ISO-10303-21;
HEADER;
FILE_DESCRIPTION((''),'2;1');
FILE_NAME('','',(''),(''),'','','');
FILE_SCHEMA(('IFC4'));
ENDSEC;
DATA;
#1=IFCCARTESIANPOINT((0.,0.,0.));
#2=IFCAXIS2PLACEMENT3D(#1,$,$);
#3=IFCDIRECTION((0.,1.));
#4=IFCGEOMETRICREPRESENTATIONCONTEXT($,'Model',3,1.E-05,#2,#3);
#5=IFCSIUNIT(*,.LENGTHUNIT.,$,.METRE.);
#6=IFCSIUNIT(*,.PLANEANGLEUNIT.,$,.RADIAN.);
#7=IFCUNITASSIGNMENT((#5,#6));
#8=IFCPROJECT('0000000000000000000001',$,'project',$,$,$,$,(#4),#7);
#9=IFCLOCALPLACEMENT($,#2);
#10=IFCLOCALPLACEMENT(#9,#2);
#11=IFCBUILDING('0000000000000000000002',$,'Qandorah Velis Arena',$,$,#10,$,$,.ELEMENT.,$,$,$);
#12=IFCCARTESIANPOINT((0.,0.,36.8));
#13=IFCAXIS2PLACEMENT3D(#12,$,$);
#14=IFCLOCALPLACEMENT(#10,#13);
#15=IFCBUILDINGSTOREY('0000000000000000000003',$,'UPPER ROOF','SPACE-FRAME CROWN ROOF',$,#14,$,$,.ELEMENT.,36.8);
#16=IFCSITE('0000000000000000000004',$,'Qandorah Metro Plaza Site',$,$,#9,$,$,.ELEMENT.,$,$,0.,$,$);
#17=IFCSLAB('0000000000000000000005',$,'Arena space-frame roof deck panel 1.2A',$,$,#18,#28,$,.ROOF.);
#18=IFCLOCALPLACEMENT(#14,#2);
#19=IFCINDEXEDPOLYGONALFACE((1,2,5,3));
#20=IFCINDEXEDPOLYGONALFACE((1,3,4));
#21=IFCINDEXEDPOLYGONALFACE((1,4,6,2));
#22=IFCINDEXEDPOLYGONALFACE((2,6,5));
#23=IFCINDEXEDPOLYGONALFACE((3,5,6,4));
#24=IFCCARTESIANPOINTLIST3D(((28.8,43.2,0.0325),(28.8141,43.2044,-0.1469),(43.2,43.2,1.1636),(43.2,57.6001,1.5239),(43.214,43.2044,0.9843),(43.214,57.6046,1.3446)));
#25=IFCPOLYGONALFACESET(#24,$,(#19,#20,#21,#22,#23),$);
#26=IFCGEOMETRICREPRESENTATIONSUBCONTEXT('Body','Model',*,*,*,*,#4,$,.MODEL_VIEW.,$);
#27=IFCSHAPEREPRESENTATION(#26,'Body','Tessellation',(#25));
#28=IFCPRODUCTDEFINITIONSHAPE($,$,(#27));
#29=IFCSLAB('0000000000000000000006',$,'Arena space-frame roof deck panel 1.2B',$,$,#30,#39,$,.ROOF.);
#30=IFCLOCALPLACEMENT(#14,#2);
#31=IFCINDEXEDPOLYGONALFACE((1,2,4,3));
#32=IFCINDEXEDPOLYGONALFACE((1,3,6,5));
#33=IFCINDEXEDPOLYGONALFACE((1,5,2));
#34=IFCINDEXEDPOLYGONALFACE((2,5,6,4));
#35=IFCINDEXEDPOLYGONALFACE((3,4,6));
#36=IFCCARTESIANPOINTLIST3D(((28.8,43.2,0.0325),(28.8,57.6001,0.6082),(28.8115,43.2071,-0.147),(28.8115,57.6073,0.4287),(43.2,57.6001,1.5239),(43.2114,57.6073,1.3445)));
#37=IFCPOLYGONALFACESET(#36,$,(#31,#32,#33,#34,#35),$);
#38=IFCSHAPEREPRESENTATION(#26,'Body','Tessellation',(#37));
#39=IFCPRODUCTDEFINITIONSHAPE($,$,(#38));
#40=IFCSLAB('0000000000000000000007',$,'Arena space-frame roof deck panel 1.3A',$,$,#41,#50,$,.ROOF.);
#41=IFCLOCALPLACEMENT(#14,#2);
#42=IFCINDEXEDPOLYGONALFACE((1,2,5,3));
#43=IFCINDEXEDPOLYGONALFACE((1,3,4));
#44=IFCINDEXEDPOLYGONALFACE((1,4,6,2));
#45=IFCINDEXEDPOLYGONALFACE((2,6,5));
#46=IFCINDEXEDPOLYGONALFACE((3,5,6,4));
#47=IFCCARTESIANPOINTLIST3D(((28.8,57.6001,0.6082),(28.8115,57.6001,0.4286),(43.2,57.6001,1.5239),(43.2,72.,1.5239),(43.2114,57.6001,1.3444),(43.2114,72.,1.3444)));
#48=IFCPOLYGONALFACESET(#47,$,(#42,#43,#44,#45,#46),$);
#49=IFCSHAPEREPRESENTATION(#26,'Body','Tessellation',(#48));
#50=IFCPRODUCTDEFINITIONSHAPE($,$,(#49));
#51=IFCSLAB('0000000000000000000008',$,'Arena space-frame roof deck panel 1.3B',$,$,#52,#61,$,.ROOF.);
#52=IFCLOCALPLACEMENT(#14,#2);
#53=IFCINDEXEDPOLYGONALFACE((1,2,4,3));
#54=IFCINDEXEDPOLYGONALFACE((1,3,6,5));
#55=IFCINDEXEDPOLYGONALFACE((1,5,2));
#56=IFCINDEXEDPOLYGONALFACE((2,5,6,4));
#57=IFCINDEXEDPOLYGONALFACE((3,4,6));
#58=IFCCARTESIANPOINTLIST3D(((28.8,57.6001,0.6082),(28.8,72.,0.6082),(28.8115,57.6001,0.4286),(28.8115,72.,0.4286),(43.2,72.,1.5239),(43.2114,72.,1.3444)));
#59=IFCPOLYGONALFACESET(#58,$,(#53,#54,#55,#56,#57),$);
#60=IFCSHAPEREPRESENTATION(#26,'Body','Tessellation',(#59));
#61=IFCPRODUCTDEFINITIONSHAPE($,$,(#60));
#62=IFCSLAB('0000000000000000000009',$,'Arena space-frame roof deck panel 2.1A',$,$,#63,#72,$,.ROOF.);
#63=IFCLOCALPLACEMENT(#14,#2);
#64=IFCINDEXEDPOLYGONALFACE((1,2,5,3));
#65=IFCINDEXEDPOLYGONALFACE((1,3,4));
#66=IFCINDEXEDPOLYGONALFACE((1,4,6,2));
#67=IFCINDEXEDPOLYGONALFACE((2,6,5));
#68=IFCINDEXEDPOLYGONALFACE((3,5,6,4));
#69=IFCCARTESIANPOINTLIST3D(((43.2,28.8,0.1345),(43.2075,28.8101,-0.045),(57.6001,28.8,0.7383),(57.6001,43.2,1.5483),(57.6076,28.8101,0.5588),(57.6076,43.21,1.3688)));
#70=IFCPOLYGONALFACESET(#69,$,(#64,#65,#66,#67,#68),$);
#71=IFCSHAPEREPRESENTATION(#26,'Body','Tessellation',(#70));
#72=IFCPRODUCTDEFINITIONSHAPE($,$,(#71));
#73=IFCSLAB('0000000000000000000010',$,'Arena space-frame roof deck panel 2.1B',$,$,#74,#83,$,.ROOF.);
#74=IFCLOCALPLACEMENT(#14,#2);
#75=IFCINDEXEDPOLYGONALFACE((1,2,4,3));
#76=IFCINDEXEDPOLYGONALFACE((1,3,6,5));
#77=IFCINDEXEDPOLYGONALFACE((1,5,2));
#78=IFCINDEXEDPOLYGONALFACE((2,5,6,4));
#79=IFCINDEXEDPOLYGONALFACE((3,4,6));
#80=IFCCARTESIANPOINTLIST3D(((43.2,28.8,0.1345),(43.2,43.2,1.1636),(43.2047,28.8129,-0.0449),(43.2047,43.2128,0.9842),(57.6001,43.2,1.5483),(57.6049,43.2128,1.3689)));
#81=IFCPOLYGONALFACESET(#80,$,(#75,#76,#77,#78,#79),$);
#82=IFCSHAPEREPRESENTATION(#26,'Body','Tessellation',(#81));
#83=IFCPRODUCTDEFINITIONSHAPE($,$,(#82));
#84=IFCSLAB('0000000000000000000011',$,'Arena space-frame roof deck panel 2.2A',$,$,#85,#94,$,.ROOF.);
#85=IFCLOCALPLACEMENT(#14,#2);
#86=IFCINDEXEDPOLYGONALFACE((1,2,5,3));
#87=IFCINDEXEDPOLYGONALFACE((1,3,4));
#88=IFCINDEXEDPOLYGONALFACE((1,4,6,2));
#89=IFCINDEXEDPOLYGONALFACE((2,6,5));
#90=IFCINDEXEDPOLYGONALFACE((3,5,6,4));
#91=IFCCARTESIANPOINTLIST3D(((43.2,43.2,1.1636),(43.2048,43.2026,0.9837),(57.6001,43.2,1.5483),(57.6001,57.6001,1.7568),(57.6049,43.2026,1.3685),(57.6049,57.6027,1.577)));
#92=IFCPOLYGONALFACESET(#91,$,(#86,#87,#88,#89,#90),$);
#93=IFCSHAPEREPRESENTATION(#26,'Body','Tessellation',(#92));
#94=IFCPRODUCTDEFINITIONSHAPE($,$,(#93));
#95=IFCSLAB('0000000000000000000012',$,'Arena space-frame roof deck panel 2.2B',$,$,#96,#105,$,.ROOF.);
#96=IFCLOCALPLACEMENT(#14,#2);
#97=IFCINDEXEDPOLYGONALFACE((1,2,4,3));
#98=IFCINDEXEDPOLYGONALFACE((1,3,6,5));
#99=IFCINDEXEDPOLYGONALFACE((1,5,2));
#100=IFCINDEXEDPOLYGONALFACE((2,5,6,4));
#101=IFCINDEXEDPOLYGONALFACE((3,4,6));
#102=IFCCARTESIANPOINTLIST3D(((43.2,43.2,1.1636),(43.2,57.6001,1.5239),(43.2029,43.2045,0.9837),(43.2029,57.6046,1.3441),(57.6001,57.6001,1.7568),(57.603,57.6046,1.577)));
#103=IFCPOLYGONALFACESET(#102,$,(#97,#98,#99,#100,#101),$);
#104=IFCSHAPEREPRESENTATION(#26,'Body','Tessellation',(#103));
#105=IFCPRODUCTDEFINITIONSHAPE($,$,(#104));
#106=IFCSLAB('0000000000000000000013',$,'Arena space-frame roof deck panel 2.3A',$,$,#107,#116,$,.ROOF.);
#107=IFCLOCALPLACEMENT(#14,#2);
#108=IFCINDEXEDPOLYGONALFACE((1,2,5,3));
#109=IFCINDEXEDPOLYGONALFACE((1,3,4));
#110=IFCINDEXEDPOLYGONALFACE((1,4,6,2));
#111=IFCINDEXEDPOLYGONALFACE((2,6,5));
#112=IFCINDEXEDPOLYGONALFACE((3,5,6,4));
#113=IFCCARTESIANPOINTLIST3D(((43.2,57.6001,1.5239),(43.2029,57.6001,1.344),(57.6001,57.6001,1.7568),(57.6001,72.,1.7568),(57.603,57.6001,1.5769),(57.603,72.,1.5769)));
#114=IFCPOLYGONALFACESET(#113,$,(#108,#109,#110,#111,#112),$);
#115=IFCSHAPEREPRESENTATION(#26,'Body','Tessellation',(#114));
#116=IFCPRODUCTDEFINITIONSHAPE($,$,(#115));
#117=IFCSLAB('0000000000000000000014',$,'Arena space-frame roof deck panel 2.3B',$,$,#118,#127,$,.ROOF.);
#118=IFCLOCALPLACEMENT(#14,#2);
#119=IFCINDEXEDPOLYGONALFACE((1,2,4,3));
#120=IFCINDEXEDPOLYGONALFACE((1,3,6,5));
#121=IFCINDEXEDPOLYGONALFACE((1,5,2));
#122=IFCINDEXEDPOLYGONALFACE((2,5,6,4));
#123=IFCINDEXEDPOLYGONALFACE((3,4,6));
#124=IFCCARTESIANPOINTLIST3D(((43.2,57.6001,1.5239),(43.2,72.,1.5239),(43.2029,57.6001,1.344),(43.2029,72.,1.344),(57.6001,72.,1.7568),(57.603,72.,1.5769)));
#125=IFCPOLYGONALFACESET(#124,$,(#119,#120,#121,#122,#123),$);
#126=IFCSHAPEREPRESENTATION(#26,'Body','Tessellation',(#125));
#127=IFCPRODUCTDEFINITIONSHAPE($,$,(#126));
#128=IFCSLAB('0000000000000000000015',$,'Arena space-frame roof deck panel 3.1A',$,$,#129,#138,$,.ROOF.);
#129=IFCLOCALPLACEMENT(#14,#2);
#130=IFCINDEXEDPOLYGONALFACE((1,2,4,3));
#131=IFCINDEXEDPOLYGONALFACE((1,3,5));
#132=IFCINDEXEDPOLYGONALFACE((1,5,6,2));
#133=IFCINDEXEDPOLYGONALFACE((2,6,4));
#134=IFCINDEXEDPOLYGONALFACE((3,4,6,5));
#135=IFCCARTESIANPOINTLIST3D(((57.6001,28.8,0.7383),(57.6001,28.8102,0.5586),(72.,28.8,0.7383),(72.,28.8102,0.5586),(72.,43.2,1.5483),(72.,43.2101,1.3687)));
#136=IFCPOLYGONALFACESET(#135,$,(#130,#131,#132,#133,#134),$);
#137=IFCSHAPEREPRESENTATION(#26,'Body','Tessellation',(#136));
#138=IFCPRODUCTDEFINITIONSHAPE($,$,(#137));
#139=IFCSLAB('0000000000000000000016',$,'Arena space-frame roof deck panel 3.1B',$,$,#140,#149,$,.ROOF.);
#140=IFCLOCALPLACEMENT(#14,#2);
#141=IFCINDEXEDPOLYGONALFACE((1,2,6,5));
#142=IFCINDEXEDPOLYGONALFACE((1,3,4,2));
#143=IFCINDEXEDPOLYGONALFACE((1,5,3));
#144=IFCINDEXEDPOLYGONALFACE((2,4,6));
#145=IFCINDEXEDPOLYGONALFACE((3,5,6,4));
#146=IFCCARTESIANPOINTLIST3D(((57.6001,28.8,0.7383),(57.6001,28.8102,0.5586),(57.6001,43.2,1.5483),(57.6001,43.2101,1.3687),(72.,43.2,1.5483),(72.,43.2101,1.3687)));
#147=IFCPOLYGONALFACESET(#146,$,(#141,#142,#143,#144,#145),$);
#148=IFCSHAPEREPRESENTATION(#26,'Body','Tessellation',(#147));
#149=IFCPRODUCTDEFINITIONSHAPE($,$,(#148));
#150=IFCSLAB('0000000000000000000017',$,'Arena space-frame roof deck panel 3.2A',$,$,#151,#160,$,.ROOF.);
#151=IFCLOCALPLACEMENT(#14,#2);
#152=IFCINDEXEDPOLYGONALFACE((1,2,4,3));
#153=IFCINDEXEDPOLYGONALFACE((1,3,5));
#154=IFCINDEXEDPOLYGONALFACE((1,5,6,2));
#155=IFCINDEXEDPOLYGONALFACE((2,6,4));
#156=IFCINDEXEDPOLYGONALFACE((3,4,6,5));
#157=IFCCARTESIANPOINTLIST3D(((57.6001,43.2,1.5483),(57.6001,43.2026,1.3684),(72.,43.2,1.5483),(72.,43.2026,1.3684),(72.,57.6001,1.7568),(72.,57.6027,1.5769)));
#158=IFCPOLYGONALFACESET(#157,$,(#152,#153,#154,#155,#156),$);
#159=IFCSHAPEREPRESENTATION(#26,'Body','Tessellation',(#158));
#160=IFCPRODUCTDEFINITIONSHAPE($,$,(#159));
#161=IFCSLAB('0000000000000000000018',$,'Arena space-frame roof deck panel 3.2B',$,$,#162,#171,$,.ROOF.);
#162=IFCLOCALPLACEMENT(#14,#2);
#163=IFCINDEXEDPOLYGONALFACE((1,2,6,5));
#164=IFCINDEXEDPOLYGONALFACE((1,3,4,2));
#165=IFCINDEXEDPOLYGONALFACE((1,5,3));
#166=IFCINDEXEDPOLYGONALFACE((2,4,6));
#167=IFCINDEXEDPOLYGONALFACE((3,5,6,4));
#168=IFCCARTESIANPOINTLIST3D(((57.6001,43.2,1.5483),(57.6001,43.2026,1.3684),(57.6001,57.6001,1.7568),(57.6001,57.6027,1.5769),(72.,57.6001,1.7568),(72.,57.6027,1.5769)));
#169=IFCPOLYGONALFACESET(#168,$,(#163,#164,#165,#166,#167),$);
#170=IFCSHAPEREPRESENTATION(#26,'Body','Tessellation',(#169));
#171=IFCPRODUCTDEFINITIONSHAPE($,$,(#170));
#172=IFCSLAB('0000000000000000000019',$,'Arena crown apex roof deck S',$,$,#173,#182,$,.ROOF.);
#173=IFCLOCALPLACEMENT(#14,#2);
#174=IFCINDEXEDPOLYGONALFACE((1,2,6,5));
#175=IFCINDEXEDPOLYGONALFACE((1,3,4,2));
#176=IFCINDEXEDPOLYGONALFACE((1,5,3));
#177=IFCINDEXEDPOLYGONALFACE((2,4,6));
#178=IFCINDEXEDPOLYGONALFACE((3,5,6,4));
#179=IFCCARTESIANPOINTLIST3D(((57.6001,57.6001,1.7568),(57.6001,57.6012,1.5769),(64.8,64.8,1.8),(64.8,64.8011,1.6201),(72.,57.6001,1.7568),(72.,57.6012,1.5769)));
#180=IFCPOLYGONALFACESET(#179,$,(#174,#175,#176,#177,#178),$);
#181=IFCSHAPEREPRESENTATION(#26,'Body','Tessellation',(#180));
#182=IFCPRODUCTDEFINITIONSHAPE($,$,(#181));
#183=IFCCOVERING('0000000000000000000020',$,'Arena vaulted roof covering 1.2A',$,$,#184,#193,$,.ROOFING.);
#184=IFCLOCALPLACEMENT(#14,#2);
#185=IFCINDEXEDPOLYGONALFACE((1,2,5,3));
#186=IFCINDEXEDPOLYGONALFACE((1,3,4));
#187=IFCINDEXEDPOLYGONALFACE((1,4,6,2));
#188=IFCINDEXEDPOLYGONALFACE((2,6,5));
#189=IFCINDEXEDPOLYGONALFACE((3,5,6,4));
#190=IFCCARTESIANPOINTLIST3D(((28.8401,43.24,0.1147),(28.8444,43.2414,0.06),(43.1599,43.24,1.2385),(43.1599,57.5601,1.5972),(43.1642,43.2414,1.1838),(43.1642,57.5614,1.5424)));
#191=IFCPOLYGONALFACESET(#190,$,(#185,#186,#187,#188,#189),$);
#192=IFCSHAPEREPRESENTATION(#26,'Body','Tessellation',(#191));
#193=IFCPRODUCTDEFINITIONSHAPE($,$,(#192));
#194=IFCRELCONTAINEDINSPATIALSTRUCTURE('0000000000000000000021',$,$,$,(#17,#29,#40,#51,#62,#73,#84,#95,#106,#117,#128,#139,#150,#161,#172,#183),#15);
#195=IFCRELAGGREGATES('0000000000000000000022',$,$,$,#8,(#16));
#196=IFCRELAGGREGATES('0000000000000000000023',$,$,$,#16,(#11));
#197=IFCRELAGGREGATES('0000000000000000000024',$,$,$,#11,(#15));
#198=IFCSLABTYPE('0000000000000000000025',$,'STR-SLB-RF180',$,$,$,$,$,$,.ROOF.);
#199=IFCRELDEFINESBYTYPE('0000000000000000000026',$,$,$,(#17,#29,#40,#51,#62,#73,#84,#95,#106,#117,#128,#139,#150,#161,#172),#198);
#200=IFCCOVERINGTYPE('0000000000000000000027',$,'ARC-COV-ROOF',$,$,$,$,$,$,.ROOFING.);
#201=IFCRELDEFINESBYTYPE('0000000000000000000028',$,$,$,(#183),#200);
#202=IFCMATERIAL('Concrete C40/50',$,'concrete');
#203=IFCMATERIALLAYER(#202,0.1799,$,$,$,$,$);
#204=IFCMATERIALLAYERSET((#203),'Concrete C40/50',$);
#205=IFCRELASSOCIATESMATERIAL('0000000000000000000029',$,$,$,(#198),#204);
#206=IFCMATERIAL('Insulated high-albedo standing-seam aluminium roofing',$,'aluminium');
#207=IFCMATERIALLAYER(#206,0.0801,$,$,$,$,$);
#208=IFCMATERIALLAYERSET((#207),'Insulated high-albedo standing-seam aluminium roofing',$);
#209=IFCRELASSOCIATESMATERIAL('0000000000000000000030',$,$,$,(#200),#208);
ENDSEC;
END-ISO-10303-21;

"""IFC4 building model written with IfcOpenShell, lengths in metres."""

from ifc_helpers import new_model, si_unit, direction, frame, origin, place, context, subcontext, project, spatial, polyline, outline, extrude, material, layer, layer_set, type_object, element, save


model = new_model("IFC4")

# Units and contexts
model_context = context("Model", 3, precision=1e-05, world=origin(), true_north=direction((0.0, 1.0)))
body_context = subcontext(model_context, "Body", "Model", "MODEL_VIEW")
ifc_project = project(units=[si_unit("LENGTHUNIT", "METRE"), si_unit("PLANEANGLEUNIT", "RADIAN")], contexts=[model_context])

# Site, building, storey
site_placement = place(None, origin())
site = spatial("IfcSite", under=ifc_project, at=site_placement, Name="Qandorah Metro Plaza Site", CompositionType="ELEMENT", RefElevation=0.0)
building_placement = place(site_placement, origin())
building = spatial("IfcBuilding", under=site, at=building_placement, Name="Qandorah Velis Arena", CompositionType="ELEMENT")
storey_placement = place(building_placement, frame((0.0, 0.0, 36.8)))
storey = spatial("IfcBuildingStorey", under=building, at=storey_placement, Name="UPPER ROOF", Description="SPACE-FRAME CROWN ROOF", CompositionType="ELEMENT", Elevation=36.8)

# Slabs
ifc_material_1 = material(Name="Concrete C40/50", Category="concrete")
ifc_layer_1 = layer(ifc_material_1, 0.1799)
ifc_layer_set_1 = layer_set([ifc_layer_1], Name="Concrete C40/50")
slab_type = type_object("IfcSlabType", Name="STR-SLB-RF180", PredefinedType="ROOF", material=ifc_layer_set_1)
slab_1_placement = place(storey_placement, frame((28.8, 43.2, 0.0325), z_axis=(-0.078284, -0.02494, 0.996619), x_axis=(0.996929, 0.0, 0.078308)))
element("IfcSlab", 1, at=slab_1_placement, inside=storey, type_object=slab_type, Name="Arena space-frame roof deck panel 1.2A", PredefinedType="ROOF", context=body_context, shape_type="SweptSolid", body=[
    extrude(outline(polyline([(0.0, 0.0), (14.4443, 0.0), (14.4725, 14.4046), (0.0, 0.0)])), origin(), (0.0, 0.0, -1.0), 0.1799),
])
slab_2_placement = place(storey_placement, frame((28.8, 43.2, 0.0325), z_axis=(-0.063417, -0.039865, 0.997191), x_axis=(0.705212, 0.705224, 0.073042)))
element("IfcSlab", 2, at=slab_2_placement, inside=storey, type_object=slab_type, Name="Arena space-frame roof deck panel 1.2B", PredefinedType="ROOF", context=body_context, shape_type="SweptSolid", body=[
    extrude(outline(polyline([(0.0, 0.0), (20.4193, 0.0), (10.1974, 10.1838), (0.0, 0.0)])), origin(), (0.0, 0.0, -1.0), 0.1799),
])
slab_3_placement = place(storey_placement, frame((28.8, 57.6001, 0.6082), z_axis=(-0.063467, 0.0, 0.997984), x_axis=(0.997984, 0.0, 0.063467)))
element("IfcSlab", 3, at=slab_3_placement, inside=storey, type_object=slab_type, Name="Arena space-frame roof deck panel 1.3A", PredefinedType="ROOF", context=body_context, shape_type="SweptSolid", body=[
    extrude(outline(polyline([(0.0, 0.0), (14.429, 0.0), (14.429, 14.3999), (0.0, 0.0)])), origin(), (0.0, 0.0, -1.0), 0.1799),
])
slab_4_placement = place(storey_placement, frame((28.8, 57.6001, 0.6082), z_axis=(-0.063467, 0.0, 0.997984), x_axis=(0.706393, 0.706393, 0.044924)))
element("IfcSlab", 4, at=slab_4_placement, inside=storey, type_object=slab_type, Name="Arena space-frame roof deck panel 1.3B", PredefinedType="ROOF", context=body_context, shape_type="SweptSolid", body=[
    extrude(outline(polyline([(0.0, 0.0), (20.3851, 0.0), (10.172, 10.1925), (0.0, 0.0)])), origin(), (0.0, 0.0, -1.0), 0.1799),
])
slab_5_placement = place(storey_placement, frame((43.2, 28.8, 0.1345), z_axis=(-0.041825, -0.056117, 0.997548), x_axis=(0.999122, 0.0, 0.041891)))
element("IfcSlab", 5, at=slab_5_placement, inside=storey, type_object=slab_type, Name="Arena space-frame roof deck panel 2.1A", PredefinedType="ROOF", context=body_context, shape_type="SweptSolid", body=[
    extrude(outline(polyline([(0.0, 0.0), (14.4128, 0.0), (14.4467, 14.4226), (0.0, 0.0)])), origin(), (0.0, 0.0, -1.0), 0.1799),
])
slab_6_placement = place(storey_placement, frame((43.2, 28.8, 0.1345), z_axis=(-0.026642, -0.071255, 0.997102), x_axis=(0.705415, 0.705403, 0.069258)))
element("IfcSlab", 6, at=slab_6_placement, inside=storey, type_object=slab_type, Name="Arena space-frame roof deck panel 2.1B", PredefinedType="ROOF", context=body_context, shape_type="SweptSolid", body=[
    extrude(outline(polyline([(0.0, 0.0), (20.4137, 0.0), (10.229, 10.1874), (0.0, 0.0)])), origin(), (0.0, 0.0, -1.0), 0.1799),
])
slab_7_placement = place(storey_placement, frame((43.2, 43.2, 1.1636), z_axis=(-0.026707, -0.014472, 0.999539), x_axis=(0.999643, 0.0, 0.02671)))
element("IfcSlab", 7, at=slab_7_placement, inside=storey, type_object=slab_type, Name="Arena space-frame roof deck panel 2.2A", PredefinedType="ROOF", context=body_context, shape_type="SweptSolid", body=[
    extrude(outline(polyline([(0.0, 0.0), (14.4053, 0.0), (14.4109, 14.4017), (0.0, 0.0)])), origin(), (0.0, 0.0, -1.0), 0.1799),
])
slab_8_placement = place(storey_placement, frame((43.2, 43.2, 1.1636), z_axis=(-0.016167, -0.025013, 0.999556), x_axis=(0.706807, 0.706807, 0.029119)))
element("IfcSlab", 8, at=slab_8_placement, inside=storey, type_object=slab_type, Name="Arena space-frame roof deck panel 2.2B", PredefinedType="ROOF", context=body_context, shape_type="SweptSolid", body=[
    extrude(outline(polyline([(0.0, 0.0), (20.3735, 0.0), (10.1886, 10.1826), (0.0, 0.0)])), origin(), (0.0, 0.0, -1.0), 0.1799),
])
slab_9_placement = place(storey_placement, frame((43.2, 57.6001, 1.5239), z_axis=(-0.016172, 0.0, 0.999869), x_axis=(0.999869, 0.0, 0.016172)))
element("IfcSlab", 9, at=slab_9_placement, inside=storey, type_object=slab_type, Name="Arena space-frame roof deck panel 2.3A", PredefinedType="ROOF", context=body_context, shape_type="SweptSolid", body=[
    extrude(outline(polyline([(0.0, 0.0), (14.402, 0.0), (14.402, 14.3999), (0.0, 0.0)])), origin(), (0.0, 0.0, -1.0), 0.1799),
])
slab_10_placement = place(storey_placement, frame((43.2, 57.6001, 1.5239), z_axis=(-0.016172, 0.0, 0.999869), x_axis=(0.707067, 0.707055, 0.011436)))
element("IfcSlab", 10, at=slab_10_placement, inside=storey, type_object=slab_type, Name="Arena space-frame roof deck panel 2.3B", PredefinedType="ROOF", context=body_context, shape_type="SweptSolid", body=[
    extrude(outline(polyline([(0.0, 0.0), (20.366, 0.0), (10.1815, 10.183), (0.0, 0.0)])), origin(), (0.0, 0.0, -1.0), 0.1799),
])
slab_11_placement = place(storey_placement, frame((57.6001, 28.8, 0.7383), z_axis=(0.0, -0.056166, 0.998421), x_axis=(1.0, 0.0, 0.0)))
element("IfcSlab", 11, at=slab_11_placement, inside=storey, type_object=slab_type, Name="Arena space-frame roof deck panel 3.1A", PredefinedType="ROOF", context=body_context, shape_type="SweptSolid", body=[
    extrude(outline(polyline([(0.0, 0.0), (14.3999, 0.0), (14.3999, 14.4227), (0.0, 0.0)])), origin(), (0.0, 0.0, -1.0), 0.1799),
])
slab_12_placement = place(storey_placement, frame((57.6001, 28.8, 0.7383), z_axis=(0.0, -0.056166, 0.998421), x_axis=(0.706548, 0.706548, 0.039746)))
element("IfcSlab", 12, at=slab_12_placement, inside=storey, type_object=slab_type, Name="Arena space-frame roof deck panel 3.1B", PredefinedType="ROOF", context=body_context, shape_type="SweptSolid", body=[
    extrude(outline(polyline([(0.0, 0.0), (20.3806, 0.0), (10.2064, 10.1903), (0.0, 0.0)])), origin(), (0.0, 0.0, -1.0), 0.1799),
])
slab_13_placement = place(storey_placement, frame((57.6001, 43.2, 1.5483), z_axis=(0.0, -0.014477, 0.999895), x_axis=(1.0, 0.0, 0.0)))
element("IfcSlab", 13, at=slab_13_placement, inside=storey, type_object=slab_type, Name="Arena space-frame roof deck panel 3.2A", PredefinedType="ROOF", context=body_context, shape_type="SweptSolid", body=[
    extrude(outline(polyline([(0.0, 0.0), (14.3999, 0.0), (14.3999, 14.4017), (0.0, 0.0)])), origin(), (0.0, 0.0, -1.0), 0.1799),
])
slab_14_placement = place(storey_placement, frame((57.6001, 43.2, 1.5483), z_axis=(0.0, -0.014477, 0.999895), x_axis=(0.707064, 0.707076, 0.010238)))
element("IfcSlab", 14, at=slab_14_placement, inside=storey, type_object=slab_type, Name="Arena space-frame roof deck panel 3.2B", PredefinedType="ROOF", context=body_context, shape_type="SweptSolid", body=[
    extrude(outline(polyline([(0.0, 0.0), (20.3658, 0.0), (10.1841, 10.1829), (0.0, 0.0)])), origin(), (0.0, 0.0, -1.0), 0.1799),
])
slab_15_placement = place(storey_placement, frame((57.6001, 57.6001, 1.7568), z_axis=(0.0, -0.006002, 0.999982), x_axis=(1.0, 0.0, 0.0)))
element("IfcSlab", 15, at=slab_15_placement, inside=storey, type_object=slab_type, Name="Arena crown apex roof deck S", PredefinedType="ROOF", context=body_context, shape_type="SweptSolid", body=[
    extrude(outline(polyline([(0.0, 0.0), (14.3999, 0.0), (7.2, 7.2001), (0.0, 0.0)])), origin(), (0.0, 0.0, -1.0), 0.1799),
])

# Covering
ifc_material_2 = material(Name="Insulated high-albedo standing-seam aluminium roofing", Category="aluminium")
ifc_layer_2 = layer(ifc_material_2, 0.0801)
ifc_layer_set_2 = layer_set([ifc_layer_2], Name="Insulated high-albedo standing-seam aluminium roofing")
covering_type = type_object("IfcCoveringType", Name="ARC-COV-ROOF", PredefinedType="ROOFING", material=ifc_layer_set_2)
covering_1_placement = place(storey_placement, frame((28.8401, 43.24, 0.1147), z_axis=(-0.078212, -0.02496, 0.996624), x_axis=(0.996935, 0.0, 0.078237)))
element("IfcCovering", 16, at=covering_1_placement, inside=storey, type_object=covering_type, Name="Arena vaulted roof covering 1.2A", PredefinedType="ROOFING", context=body_context, shape_type="SweptSolid", body=[
    extrude(outline(polyline([(0.0, 0.0), (14.3639, 0.0), (14.3919, 14.3245), (0.0, 0.0)])), origin(), (0.0, 0.0, -1.0), 0.0549),
])

save(model, "model.ifc")
